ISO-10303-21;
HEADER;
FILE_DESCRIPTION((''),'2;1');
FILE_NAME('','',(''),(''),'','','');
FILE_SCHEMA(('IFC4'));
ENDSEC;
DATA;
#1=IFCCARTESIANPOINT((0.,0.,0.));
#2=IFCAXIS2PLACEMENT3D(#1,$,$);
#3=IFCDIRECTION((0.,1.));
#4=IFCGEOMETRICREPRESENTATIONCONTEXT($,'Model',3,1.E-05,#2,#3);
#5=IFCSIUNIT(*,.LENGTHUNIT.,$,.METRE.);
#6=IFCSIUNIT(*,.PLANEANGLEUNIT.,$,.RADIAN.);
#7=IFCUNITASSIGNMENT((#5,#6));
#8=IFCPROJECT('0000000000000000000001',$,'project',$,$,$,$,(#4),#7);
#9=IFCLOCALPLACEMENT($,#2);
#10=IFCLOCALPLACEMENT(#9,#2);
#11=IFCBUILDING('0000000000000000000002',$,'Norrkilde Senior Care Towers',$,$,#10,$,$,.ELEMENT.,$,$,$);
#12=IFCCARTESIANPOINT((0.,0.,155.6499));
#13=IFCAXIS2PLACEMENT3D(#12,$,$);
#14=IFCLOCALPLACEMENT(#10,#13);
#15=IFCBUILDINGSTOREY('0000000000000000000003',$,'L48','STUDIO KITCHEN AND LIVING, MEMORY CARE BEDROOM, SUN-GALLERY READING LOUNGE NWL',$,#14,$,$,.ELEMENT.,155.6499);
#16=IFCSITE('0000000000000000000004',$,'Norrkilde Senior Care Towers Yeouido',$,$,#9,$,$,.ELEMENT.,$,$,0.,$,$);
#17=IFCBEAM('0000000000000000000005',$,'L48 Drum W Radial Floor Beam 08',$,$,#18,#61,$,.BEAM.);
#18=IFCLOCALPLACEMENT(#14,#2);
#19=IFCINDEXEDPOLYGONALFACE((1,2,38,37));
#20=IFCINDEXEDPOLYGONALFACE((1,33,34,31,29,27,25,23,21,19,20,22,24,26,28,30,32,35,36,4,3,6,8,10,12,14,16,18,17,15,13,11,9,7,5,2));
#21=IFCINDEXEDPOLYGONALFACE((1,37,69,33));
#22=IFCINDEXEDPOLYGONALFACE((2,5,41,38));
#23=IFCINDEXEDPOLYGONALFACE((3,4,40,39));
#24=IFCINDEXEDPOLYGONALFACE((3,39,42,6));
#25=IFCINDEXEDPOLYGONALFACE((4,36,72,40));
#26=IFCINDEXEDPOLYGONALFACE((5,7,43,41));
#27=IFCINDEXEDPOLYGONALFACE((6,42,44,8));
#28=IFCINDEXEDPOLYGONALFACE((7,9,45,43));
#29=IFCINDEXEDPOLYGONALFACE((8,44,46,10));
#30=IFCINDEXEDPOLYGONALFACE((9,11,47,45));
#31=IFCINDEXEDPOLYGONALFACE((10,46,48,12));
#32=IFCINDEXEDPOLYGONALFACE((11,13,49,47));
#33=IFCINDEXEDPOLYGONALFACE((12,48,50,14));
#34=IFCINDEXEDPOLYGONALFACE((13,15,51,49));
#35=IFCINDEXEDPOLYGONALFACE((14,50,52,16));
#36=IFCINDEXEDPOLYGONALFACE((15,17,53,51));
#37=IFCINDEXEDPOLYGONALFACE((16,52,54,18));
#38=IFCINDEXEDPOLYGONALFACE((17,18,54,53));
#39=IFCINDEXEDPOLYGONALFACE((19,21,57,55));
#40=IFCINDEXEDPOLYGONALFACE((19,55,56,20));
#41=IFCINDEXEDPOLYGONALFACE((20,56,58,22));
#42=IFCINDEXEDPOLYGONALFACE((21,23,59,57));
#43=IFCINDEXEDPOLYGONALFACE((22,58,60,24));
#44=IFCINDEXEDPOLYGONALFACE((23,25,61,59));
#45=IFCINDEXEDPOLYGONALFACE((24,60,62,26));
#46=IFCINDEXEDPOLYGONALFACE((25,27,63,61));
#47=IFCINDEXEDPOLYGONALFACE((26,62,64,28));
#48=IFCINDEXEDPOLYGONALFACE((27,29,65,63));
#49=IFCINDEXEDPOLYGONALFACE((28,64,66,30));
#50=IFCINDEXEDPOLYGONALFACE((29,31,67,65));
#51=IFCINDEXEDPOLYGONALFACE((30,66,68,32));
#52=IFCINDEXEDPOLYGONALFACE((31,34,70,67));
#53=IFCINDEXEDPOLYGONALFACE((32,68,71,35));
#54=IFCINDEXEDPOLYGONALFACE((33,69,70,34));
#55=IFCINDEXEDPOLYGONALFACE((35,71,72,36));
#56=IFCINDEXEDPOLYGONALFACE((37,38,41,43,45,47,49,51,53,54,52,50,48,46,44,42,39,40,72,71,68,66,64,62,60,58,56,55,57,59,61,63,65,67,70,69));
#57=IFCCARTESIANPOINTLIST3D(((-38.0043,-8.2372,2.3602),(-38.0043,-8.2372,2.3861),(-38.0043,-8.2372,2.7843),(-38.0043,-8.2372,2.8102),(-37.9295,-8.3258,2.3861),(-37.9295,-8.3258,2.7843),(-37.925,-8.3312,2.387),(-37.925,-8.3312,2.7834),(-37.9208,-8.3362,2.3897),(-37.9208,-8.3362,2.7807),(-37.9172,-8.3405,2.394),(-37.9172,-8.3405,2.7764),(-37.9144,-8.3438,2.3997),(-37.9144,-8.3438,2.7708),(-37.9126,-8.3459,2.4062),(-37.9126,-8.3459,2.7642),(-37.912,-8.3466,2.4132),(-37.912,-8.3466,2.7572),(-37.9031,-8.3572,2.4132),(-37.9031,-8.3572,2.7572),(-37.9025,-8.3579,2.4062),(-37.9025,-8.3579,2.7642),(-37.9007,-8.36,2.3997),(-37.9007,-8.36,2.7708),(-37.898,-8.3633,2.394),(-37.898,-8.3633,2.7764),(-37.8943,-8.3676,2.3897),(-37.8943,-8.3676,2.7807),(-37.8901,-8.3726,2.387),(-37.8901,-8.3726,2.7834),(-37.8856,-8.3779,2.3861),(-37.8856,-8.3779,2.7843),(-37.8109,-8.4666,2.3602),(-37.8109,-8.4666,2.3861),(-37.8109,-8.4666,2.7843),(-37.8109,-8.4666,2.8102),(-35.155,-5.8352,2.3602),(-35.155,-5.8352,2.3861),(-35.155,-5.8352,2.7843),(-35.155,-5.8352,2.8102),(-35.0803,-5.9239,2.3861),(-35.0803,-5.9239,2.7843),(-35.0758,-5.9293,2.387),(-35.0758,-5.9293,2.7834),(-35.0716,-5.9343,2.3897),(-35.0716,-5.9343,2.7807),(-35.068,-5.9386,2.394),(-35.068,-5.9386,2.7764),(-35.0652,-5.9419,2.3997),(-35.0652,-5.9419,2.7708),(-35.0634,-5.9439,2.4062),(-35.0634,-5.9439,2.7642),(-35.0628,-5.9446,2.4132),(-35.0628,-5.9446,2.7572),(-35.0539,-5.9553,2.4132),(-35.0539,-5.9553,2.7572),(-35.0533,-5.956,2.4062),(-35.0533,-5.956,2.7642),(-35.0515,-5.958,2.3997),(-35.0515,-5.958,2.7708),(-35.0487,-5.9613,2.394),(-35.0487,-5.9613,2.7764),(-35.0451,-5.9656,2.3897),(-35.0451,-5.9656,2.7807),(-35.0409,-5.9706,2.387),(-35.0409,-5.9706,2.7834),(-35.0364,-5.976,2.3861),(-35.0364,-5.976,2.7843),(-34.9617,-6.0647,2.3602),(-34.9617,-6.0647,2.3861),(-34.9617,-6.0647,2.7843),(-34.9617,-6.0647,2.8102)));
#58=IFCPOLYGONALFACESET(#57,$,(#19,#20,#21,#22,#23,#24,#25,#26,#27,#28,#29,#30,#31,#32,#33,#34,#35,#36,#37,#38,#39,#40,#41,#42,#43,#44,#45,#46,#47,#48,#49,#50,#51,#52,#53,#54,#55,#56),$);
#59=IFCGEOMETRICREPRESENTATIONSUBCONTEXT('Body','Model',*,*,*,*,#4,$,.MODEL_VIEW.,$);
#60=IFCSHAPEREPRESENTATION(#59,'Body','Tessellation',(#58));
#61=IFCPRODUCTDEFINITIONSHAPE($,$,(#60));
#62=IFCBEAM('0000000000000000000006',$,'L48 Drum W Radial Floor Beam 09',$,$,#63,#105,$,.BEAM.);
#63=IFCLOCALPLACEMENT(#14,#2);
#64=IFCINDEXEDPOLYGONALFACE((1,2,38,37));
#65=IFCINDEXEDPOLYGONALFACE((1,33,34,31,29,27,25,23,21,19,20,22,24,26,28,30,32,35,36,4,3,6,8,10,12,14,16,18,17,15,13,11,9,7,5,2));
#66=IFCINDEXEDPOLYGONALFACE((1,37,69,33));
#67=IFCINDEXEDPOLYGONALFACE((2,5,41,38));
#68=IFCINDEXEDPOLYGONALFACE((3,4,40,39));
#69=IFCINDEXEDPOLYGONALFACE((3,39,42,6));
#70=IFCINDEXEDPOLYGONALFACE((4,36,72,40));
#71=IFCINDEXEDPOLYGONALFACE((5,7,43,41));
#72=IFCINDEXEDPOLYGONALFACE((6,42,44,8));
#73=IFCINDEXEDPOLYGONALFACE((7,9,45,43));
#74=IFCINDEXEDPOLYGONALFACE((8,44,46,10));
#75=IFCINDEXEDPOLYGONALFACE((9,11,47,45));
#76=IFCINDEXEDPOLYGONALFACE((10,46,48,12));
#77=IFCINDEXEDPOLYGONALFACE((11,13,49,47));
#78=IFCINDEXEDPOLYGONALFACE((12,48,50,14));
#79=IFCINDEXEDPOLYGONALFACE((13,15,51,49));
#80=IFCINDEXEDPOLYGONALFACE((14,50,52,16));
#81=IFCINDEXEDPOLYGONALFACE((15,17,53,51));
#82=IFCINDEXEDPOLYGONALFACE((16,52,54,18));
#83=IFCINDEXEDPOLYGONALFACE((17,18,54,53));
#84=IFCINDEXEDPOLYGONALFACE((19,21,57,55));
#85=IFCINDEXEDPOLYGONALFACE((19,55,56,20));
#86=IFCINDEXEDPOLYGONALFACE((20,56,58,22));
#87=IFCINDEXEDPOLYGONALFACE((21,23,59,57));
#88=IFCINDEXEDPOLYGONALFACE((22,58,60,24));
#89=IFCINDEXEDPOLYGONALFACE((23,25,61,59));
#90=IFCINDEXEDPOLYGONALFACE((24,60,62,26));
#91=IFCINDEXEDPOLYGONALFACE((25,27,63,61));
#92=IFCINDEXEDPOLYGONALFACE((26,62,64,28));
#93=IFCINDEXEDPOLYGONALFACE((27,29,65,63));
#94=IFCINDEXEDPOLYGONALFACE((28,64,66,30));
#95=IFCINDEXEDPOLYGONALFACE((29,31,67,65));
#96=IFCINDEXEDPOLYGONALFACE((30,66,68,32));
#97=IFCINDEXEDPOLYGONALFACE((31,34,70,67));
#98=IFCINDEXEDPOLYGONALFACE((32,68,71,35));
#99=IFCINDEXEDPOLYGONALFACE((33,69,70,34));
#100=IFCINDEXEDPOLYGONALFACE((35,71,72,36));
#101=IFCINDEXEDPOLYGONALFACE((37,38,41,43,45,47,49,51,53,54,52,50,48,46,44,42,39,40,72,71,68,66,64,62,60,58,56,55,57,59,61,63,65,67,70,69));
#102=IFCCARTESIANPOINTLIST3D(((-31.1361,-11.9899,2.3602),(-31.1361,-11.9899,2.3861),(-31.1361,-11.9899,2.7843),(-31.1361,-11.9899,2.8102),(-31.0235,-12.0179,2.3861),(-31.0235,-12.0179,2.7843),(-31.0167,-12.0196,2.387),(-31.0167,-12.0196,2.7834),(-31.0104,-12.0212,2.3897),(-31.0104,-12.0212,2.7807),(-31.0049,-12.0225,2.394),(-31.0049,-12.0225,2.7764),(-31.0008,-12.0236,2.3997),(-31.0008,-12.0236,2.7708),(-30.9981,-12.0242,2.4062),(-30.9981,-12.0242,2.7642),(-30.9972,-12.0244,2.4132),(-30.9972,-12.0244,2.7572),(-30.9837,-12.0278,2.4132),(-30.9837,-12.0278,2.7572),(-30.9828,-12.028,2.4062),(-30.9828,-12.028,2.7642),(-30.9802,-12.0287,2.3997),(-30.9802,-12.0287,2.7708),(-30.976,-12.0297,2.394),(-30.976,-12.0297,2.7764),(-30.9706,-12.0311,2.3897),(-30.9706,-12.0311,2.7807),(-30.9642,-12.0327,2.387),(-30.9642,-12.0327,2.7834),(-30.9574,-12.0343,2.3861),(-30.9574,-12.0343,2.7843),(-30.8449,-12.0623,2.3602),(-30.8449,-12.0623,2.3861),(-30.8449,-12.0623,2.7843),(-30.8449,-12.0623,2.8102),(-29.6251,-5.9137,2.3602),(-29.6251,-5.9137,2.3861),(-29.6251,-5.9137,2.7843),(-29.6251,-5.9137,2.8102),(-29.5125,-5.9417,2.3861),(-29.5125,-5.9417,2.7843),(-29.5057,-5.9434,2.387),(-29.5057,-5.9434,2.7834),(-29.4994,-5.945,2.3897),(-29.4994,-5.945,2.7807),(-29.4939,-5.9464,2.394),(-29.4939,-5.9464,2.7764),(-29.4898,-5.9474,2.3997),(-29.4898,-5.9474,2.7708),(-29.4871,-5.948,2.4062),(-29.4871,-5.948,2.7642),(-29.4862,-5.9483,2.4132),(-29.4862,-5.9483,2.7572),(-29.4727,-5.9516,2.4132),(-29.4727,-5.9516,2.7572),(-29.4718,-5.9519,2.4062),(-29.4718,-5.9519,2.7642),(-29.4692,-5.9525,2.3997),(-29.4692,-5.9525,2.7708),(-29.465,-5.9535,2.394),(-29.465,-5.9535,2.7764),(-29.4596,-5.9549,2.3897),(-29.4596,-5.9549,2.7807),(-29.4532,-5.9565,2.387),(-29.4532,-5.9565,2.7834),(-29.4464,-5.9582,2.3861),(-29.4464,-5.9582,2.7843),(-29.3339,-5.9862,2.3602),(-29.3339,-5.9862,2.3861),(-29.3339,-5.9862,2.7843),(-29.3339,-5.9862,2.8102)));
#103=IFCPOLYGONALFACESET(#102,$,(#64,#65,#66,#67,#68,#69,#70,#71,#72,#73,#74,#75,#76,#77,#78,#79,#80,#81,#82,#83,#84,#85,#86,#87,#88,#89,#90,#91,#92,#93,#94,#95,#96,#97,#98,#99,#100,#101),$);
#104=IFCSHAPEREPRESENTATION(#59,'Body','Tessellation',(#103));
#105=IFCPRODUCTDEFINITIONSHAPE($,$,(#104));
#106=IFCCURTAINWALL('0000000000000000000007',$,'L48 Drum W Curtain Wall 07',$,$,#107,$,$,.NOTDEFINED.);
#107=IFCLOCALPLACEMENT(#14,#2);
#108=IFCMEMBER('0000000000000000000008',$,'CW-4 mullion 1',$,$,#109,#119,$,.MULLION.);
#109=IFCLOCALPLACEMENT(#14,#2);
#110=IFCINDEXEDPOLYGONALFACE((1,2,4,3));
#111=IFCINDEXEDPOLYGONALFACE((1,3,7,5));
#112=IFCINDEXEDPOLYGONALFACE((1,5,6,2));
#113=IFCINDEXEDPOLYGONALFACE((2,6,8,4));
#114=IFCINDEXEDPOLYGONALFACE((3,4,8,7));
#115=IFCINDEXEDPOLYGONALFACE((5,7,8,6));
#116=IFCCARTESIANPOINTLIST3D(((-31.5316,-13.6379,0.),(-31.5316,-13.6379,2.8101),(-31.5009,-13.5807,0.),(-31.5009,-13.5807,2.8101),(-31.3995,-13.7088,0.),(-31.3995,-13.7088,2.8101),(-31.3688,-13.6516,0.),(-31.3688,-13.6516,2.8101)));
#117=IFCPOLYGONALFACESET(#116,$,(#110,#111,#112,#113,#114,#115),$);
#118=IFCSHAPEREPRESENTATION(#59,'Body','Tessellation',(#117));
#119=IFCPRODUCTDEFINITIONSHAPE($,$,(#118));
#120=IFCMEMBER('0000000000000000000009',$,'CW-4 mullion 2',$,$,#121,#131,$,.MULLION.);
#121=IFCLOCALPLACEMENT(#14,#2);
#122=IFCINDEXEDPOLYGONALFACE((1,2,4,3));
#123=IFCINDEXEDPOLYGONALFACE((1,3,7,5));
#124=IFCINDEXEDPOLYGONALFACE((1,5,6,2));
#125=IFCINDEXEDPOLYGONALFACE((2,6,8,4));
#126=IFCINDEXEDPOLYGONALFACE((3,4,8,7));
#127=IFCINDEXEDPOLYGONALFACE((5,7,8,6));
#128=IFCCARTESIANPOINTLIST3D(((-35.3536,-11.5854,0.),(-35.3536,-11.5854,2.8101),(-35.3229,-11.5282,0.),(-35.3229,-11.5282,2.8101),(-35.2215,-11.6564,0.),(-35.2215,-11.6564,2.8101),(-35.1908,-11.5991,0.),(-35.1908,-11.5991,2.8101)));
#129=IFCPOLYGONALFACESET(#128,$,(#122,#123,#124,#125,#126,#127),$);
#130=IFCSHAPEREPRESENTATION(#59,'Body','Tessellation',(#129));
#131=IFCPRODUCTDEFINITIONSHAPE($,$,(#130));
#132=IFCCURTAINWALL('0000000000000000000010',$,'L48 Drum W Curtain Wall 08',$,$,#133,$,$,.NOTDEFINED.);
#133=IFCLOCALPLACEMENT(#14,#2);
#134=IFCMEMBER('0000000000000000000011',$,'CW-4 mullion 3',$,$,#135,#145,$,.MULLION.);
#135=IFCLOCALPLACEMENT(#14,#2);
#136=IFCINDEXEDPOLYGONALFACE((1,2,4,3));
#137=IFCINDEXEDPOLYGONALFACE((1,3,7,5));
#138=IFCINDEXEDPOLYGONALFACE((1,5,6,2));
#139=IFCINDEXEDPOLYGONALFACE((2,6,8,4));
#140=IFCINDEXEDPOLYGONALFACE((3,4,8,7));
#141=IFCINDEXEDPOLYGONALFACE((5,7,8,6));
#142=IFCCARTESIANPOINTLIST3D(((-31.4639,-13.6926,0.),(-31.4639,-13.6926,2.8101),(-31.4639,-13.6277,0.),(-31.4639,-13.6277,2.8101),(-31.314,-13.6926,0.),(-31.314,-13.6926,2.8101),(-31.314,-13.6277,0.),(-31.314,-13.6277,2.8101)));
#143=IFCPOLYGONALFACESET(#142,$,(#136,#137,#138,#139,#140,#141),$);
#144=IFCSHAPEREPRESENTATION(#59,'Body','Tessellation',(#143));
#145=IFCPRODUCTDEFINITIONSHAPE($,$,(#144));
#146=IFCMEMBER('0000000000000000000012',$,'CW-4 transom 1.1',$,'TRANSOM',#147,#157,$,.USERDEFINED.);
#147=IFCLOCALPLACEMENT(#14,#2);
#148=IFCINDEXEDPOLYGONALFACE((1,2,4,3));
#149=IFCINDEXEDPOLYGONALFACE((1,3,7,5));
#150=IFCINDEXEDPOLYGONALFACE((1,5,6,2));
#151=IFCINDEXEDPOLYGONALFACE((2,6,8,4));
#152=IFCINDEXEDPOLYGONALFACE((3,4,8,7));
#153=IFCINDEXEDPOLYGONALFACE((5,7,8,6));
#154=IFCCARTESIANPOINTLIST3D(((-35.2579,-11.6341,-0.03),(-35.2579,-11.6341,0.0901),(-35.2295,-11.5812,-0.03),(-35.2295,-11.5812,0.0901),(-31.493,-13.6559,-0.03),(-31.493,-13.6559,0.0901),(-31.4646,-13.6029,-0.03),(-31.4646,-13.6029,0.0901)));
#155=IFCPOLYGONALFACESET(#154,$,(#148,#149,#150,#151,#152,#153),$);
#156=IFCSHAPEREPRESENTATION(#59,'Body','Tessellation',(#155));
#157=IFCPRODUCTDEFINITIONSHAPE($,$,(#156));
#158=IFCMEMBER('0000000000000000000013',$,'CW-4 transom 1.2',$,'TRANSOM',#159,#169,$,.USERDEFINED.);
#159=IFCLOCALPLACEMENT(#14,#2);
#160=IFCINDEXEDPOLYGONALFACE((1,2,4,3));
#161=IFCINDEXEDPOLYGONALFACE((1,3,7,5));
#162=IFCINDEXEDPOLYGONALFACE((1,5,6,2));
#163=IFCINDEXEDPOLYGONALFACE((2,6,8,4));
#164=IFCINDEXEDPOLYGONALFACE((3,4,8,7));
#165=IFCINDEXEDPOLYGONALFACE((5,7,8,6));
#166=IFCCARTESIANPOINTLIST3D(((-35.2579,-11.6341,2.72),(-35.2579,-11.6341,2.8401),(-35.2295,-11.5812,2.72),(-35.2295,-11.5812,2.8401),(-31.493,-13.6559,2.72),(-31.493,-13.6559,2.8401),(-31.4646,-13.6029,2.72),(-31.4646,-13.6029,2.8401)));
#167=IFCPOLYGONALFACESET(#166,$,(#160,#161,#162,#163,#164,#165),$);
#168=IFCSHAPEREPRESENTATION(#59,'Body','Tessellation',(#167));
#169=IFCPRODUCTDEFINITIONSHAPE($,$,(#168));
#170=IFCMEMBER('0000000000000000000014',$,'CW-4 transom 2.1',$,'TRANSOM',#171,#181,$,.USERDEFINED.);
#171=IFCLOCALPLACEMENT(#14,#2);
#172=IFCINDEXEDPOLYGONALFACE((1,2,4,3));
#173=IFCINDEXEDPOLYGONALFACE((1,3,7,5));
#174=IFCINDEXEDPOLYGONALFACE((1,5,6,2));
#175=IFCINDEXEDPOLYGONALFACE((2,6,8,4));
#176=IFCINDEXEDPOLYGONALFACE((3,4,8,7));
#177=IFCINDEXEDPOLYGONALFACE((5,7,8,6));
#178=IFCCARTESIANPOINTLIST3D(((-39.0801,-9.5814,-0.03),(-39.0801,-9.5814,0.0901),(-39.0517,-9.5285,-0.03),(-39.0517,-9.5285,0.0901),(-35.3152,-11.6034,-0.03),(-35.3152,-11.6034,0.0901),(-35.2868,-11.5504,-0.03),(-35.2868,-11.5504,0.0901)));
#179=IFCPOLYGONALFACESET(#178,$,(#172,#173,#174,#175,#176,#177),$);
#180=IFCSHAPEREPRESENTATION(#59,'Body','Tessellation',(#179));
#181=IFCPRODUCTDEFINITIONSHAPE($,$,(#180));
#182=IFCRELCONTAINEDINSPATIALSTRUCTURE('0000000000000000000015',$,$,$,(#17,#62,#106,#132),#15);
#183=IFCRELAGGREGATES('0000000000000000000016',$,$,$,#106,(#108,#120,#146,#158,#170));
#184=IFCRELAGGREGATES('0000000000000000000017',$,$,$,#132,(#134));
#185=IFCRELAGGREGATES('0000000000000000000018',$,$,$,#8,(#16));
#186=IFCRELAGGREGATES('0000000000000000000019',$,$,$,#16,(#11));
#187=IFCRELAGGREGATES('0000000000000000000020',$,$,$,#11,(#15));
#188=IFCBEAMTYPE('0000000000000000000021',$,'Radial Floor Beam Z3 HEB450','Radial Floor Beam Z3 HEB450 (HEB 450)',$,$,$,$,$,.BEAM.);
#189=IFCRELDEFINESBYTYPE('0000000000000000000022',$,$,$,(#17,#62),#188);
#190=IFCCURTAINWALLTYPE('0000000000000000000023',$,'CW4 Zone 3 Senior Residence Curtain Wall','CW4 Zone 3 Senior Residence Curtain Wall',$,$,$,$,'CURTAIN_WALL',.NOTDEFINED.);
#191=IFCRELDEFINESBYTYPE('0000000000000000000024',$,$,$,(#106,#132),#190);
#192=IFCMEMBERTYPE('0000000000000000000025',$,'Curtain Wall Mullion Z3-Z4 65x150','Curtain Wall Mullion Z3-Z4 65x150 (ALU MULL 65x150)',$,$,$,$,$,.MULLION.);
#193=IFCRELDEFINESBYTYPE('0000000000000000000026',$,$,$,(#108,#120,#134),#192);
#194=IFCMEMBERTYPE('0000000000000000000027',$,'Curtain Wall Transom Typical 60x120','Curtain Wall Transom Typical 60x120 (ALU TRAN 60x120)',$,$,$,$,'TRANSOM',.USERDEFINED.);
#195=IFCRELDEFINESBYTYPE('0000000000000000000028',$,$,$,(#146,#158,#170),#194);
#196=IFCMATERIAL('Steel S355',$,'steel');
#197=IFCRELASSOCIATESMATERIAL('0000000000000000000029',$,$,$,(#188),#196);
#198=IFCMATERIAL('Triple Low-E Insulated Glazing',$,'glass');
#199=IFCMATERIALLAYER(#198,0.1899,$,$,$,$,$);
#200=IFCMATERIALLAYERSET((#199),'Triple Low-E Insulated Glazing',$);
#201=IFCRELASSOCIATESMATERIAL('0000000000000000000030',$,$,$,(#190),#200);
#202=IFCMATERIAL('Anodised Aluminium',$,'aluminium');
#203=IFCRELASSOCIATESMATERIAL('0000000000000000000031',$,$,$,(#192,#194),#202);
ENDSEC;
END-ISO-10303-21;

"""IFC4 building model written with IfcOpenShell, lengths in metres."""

from ifc_helpers import new_model, si_unit, direction, frame, origin, origin_2d, place, context, subcontext, project, spatial, rectangle, i_section, extrude, source, transform, mapped, material, layer, layer_set, material_profile, profile_set, type_object, type_shapes, element, aggregate, save


model = new_model("IFC4")

# Units and contexts
model_context = context("Model", 3, precision=1e-05, world=origin(), true_north=direction((0.0, 1.0)))
body_context = subcontext(model_context, "Body", "Model", "MODEL_VIEW")
ifc_project = project(units=[si_unit("LENGTHUNIT", "METRE"), si_unit("PLANEANGLEUNIT", "RADIAN")], contexts=[model_context])

# Site, building, storey
site_placement = place(None, origin())
site = spatial("IfcSite", under=ifc_project, at=site_placement, Name="Norrkilde Senior Care Towers Yeouido", CompositionType="ELEMENT", RefElevation=0.0)
building_placement = place(site_placement, origin())
building = spatial("IfcBuilding", under=site, at=building_placement, Name="Norrkilde Senior Care Towers", CompositionType="ELEMENT")
storey_placement = place(building_placement, frame((0.0, 0.0, 155.6499)))
storey = spatial("IfcBuildingStorey", under=building, at=storey_placement, Name="L48", Description="STUDIO KITCHEN AND LIVING, MEMORY CARE BEDROOM, SUN-GALLERY READING LOUNGE NWL", CompositionType="ELEMENT", Elevation=155.6499)

# Beams
ifc_material_1 = material(Name="Steel S355", Category="steel")
ifc_material_profile_1 = material_profile(ifc_material_1, i_section(OverallWidth=0.3, OverallDepth=0.45, WebThickness=0.0139, FlangeThickness=0.0259, FilletRadius=0.0271, at=origin_2d()), Name="HEB 450")
ifc_profile_set_1 = profile_set([ifc_material_profile_1], Name="Steel S355")
beam_type_1 = type_object("IfcBeamType", Name="Radial Floor Beam Z3 HEB450", Description="Radial Floor Beam Z3 HEB450 (HEB 450)", PredefinedType="BEAM", material=ifc_profile_set_1)
shared_shape_1 = source(origin(), body_context, "Body", "SweptSolid", [
    extrude(i_section(OverallWidth=0.3, OverallDepth=0.45, WebThickness=0.0139, FlangeThickness=0.0259, FilletRadius=0.0271, at=origin_2d()), origin(), (0.0, 0.0, 1.0), 3.7266),
])
beam_1_placement = place(storey_placement, frame((-35.0583, -5.95, 2.5852), z_axis=(-0.764568, -0.644543, 0.0), x_axis=(0.644543, -0.764568, 0.0)))
element("IfcBeam", 1, at=beam_1_placement, inside=storey, type_object=beam_type_1, Name="L48 Drum W Radial Floor Beam 08", PredefinedType="BEAM", context=body_context, shape_type="MappedRepresentation", body=[
    mapped(shared_shape_1, transform((0.0, 0.0, 0.0), x_axis=(1.0, 0.0, 0.0), y_axis=(0.0, 1.0, 0.0), z_axis=(0.0, 0.0, 1.0), scale=1.0)),
])
shared_shape_2 = source(origin(), body_context, "Body", "SweptSolid", [
    extrude(i_section(OverallWidth=0.3, OverallDepth=0.45, WebThickness=0.0139, FlangeThickness=0.0259, FilletRadius=0.0271, at=origin_2d()), origin(), (0.0, 0.0, 1.0), 6.2612),
])
beam_2_placement = place(storey_placement, frame((-29.4795, -5.95, 2.5852), z_axis=(-0.241324, -0.970445, 0.0), x_axis=(0.970445, -0.241324, 0.0)))
element("IfcBeam", 2, at=beam_2_placement, inside=storey, type_object=beam_type_1, Name="L48 Drum W Radial Floor Beam 09", PredefinedType="BEAM", context=body_context, shape_type="MappedRepresentation", body=[
    mapped(shared_shape_2, transform((0.0, 0.0, 0.0), x_axis=(1.0, 0.0, 0.0), y_axis=(0.0, 1.0, 0.0), z_axis=(0.0, 0.0, 1.0), scale=1.0)),
])

# Curtain wall, members
ifc_material_2 = material(Name="Triple Low-E Insulated Glazing", Category="glass")
ifc_layer_1 = layer(ifc_material_2, 0.1899)
ifc_layer_set_1 = layer_set([ifc_layer_1], Name="Triple Low-E Insulated Glazing")
curtain_wall_type = type_object("IfcCurtainWallType", Name="CW4 Zone 3 Senior Residence Curtain Wall", Description="CW4 Zone 3 Senior Residence Curtain Wall", ElementType="CURTAIN_WALL", PredefinedType="NOTDEFINED", material=ifc_layer_set_1)
curtain_wall_1_placement = place(storey_placement, origin())
curtain_wall_1 = element("IfcCurtainWall", 3, at=curtain_wall_1_placement, inside=storey, type_object=curtain_wall_type, Name="L48 Drum W Curtain Wall 07", PredefinedType="NOTDEFINED")
ifc_material_3 = material(Name="Anodised Aluminium", Category="aluminium")
ifc_material_profile_2 = material_profile(ifc_material_3, rectangle(XDim=0.0649, YDim=0.1499, at=origin_2d()), Name="ALU MULL 65x150")
ifc_profile_set_2 = profile_set([ifc_material_profile_2], Name="Anodised Aluminium")
member_type_1 = type_object("IfcMemberType", Name="Curtain Wall Mullion Z3-Z4 65x150", Description="Curtain Wall Mullion Z3-Z4 65x150 (ALU MULL 65x150)", PredefinedType="MULLION", material=ifc_profile_set_2)
shared_shape_3 = source(origin(), body_context, "Body", "SweptSolid", [
    extrude(rectangle(XDim=0.0649, YDim=0.1499, at=origin_2d()), origin(), (0.0, 0.0, 1.0), 2.8101),
])
type_shapes(member_type_1, [shared_shape_3])
member_1_placement = place(storey_placement, frame((-31.4502, -13.6448, 0.0), z_axis=(0.0, 0.0, 1.0), x_axis=(-0.473117, -0.881, 0.0)))
member_1 = element("IfcMember", 4, at=member_1_placement, type_object=member_type_1, Name="CW-4 mullion 1", PredefinedType="MULLION", context=body_context, shape_type="MappedRepresentation", body=[
    mapped(shared_shape_3, transform((0.0, 0.0, 0.0), x_axis=(1.0, 0.0, 0.0), y_axis=(0.0, 1.0, 0.0), z_axis=(0.0, 0.0, 1.0), scale=1.0)),
])
member_2_placement = place(storey_placement, frame((-35.2722, -11.5923, 0.0), z_axis=(0.0, 0.0, 1.0), x_axis=(-0.473117, -0.881, 0.0)))
member_2 = element("IfcMember", 5, at=member_2_placement, type_object=member_type_1, Name="CW-4 mullion 2", PredefinedType="MULLION", context=body_context, shape_type="MappedRepresentation", body=[
    mapped(shared_shape_3, transform((0.0, 0.0, 0.0), x_axis=(1.0, 0.0, 0.0), y_axis=(0.0, 1.0, 0.0), z_axis=(0.0, 0.0, 1.0), scale=1.0)),
])

# Curtain wall, member
curtain_wall_2_placement = place(storey_placement, origin())
curtain_wall_2 = element("IfcCurtainWall", 6, at=curtain_wall_2_placement, inside=storey, type_object=curtain_wall_type, Name="L48 Drum W Curtain Wall 08", PredefinedType="NOTDEFINED")
member_3_placement = place(storey_placement, frame((-31.3889, -13.6602, 0.0), z_axis=(0.0, 0.0, 1.0), x_axis=(0.0, -1.0, 0.0)))
member_3 = element("IfcMember", 7, at=member_3_placement, type_object=member_type_1, Name="CW-4 mullion 3", PredefinedType="MULLION", context=body_context, shape_type="MappedRepresentation", body=[
    mapped(shared_shape_3, transform((0.0, 0.0, 0.0), x_axis=(1.0, 0.0, 0.0), y_axis=(0.0, 1.0, 0.0), z_axis=(0.0, 0.0, 1.0), scale=1.0)),
])

# Members
ifc_material_profile_3 = material_profile(ifc_material_3, rectangle(XDim=0.0601, YDim=0.1201, at=origin_2d()), Name="ALU TRAN 60x120")
ifc_profile_set_3 = profile_set([ifc_material_profile_3], Name="Anodised Aluminium")
member_type_2 = type_object("IfcMemberType", Name="Curtain Wall Transom Typical 60x120", Description="Curtain Wall Transom Typical 60x120 (ALU TRAN 60x120)", ElementType="TRANSOM", PredefinedType="USERDEFINED", material=ifc_profile_set_3)
shared_shape_4 = source(origin(), body_context, "Body", "SweptSolid", [
    extrude(rectangle(XDim=0.0601, YDim=0.1201, at=origin_2d()), origin(), (0.0, 0.0, 1.0), 4.2734),
])
type_shapes(member_type_2, [shared_shape_4])
member_4_placement = place(storey_placement, frame((-31.4788, -13.6294, 0.03), z_axis=(-0.88101, 0.473098, 0.0), x_axis=(-0.473098, -0.88101, 0.0)))
member_4 = element("IfcMember", 8, at=member_4_placement, type_object=member_type_2, Name="CW-4 transom 1.1", ObjectType="TRANSOM", PredefinedType="USERDEFINED", context=body_context, shape_type="MappedRepresentation", body=[
    mapped(shared_shape_4, transform((0.0, 0.0, 0.0), x_axis=(1.0, 0.0, 0.0), y_axis=(0.0, 1.0, 0.0), z_axis=(0.0, 0.0, 1.0), scale=1.0)),
])
member_5_placement = place(storey_placement, frame((-31.4788, -13.6294, 2.78), z_axis=(-0.88101, 0.473098, 0.0), x_axis=(-0.473098, -0.88101, 0.0)))
member_5 = element("IfcMember", 9, at=member_5_placement, type_object=member_type_2, Name="CW-4 transom 1.2", ObjectType="TRANSOM", PredefinedType="USERDEFINED", context=body_context, shape_type="MappedRepresentation", body=[
    mapped(shared_shape_4, transform((0.0, 0.0, 0.0), x_axis=(1.0, 0.0, 0.0), y_axis=(0.0, 1.0, 0.0), z_axis=(0.0, 0.0, 1.0), scale=1.0)),
])
member_6_placement = place(storey_placement, frame((-35.301, -11.5769, 0.03), z_axis=(-0.880986, 0.473142, 0.0), x_axis=(-0.473142, -0.880986, 0.0)))
member_6 = element("IfcMember", 10, at=member_6_placement, type_object=member_type_2, Name="CW-4 transom 2.1", ObjectType="TRANSOM", PredefinedType="USERDEFINED", context=body_context, shape_type="MappedRepresentation", body=[
    mapped(shared_shape_4, transform((0.0, 0.0, 0.0), x_axis=(1.0, 0.0, 0.0), y_axis=(0.0, 1.0, 0.0), z_axis=(0.0, 0.0, 1.0), scale=1.0)),
])

aggregate(curtain_wall_1, [member_1, member_2, member_4, member_5, member_6])
aggregate(curtain_wall_2, [member_3])

save(model, "model.ifc")
